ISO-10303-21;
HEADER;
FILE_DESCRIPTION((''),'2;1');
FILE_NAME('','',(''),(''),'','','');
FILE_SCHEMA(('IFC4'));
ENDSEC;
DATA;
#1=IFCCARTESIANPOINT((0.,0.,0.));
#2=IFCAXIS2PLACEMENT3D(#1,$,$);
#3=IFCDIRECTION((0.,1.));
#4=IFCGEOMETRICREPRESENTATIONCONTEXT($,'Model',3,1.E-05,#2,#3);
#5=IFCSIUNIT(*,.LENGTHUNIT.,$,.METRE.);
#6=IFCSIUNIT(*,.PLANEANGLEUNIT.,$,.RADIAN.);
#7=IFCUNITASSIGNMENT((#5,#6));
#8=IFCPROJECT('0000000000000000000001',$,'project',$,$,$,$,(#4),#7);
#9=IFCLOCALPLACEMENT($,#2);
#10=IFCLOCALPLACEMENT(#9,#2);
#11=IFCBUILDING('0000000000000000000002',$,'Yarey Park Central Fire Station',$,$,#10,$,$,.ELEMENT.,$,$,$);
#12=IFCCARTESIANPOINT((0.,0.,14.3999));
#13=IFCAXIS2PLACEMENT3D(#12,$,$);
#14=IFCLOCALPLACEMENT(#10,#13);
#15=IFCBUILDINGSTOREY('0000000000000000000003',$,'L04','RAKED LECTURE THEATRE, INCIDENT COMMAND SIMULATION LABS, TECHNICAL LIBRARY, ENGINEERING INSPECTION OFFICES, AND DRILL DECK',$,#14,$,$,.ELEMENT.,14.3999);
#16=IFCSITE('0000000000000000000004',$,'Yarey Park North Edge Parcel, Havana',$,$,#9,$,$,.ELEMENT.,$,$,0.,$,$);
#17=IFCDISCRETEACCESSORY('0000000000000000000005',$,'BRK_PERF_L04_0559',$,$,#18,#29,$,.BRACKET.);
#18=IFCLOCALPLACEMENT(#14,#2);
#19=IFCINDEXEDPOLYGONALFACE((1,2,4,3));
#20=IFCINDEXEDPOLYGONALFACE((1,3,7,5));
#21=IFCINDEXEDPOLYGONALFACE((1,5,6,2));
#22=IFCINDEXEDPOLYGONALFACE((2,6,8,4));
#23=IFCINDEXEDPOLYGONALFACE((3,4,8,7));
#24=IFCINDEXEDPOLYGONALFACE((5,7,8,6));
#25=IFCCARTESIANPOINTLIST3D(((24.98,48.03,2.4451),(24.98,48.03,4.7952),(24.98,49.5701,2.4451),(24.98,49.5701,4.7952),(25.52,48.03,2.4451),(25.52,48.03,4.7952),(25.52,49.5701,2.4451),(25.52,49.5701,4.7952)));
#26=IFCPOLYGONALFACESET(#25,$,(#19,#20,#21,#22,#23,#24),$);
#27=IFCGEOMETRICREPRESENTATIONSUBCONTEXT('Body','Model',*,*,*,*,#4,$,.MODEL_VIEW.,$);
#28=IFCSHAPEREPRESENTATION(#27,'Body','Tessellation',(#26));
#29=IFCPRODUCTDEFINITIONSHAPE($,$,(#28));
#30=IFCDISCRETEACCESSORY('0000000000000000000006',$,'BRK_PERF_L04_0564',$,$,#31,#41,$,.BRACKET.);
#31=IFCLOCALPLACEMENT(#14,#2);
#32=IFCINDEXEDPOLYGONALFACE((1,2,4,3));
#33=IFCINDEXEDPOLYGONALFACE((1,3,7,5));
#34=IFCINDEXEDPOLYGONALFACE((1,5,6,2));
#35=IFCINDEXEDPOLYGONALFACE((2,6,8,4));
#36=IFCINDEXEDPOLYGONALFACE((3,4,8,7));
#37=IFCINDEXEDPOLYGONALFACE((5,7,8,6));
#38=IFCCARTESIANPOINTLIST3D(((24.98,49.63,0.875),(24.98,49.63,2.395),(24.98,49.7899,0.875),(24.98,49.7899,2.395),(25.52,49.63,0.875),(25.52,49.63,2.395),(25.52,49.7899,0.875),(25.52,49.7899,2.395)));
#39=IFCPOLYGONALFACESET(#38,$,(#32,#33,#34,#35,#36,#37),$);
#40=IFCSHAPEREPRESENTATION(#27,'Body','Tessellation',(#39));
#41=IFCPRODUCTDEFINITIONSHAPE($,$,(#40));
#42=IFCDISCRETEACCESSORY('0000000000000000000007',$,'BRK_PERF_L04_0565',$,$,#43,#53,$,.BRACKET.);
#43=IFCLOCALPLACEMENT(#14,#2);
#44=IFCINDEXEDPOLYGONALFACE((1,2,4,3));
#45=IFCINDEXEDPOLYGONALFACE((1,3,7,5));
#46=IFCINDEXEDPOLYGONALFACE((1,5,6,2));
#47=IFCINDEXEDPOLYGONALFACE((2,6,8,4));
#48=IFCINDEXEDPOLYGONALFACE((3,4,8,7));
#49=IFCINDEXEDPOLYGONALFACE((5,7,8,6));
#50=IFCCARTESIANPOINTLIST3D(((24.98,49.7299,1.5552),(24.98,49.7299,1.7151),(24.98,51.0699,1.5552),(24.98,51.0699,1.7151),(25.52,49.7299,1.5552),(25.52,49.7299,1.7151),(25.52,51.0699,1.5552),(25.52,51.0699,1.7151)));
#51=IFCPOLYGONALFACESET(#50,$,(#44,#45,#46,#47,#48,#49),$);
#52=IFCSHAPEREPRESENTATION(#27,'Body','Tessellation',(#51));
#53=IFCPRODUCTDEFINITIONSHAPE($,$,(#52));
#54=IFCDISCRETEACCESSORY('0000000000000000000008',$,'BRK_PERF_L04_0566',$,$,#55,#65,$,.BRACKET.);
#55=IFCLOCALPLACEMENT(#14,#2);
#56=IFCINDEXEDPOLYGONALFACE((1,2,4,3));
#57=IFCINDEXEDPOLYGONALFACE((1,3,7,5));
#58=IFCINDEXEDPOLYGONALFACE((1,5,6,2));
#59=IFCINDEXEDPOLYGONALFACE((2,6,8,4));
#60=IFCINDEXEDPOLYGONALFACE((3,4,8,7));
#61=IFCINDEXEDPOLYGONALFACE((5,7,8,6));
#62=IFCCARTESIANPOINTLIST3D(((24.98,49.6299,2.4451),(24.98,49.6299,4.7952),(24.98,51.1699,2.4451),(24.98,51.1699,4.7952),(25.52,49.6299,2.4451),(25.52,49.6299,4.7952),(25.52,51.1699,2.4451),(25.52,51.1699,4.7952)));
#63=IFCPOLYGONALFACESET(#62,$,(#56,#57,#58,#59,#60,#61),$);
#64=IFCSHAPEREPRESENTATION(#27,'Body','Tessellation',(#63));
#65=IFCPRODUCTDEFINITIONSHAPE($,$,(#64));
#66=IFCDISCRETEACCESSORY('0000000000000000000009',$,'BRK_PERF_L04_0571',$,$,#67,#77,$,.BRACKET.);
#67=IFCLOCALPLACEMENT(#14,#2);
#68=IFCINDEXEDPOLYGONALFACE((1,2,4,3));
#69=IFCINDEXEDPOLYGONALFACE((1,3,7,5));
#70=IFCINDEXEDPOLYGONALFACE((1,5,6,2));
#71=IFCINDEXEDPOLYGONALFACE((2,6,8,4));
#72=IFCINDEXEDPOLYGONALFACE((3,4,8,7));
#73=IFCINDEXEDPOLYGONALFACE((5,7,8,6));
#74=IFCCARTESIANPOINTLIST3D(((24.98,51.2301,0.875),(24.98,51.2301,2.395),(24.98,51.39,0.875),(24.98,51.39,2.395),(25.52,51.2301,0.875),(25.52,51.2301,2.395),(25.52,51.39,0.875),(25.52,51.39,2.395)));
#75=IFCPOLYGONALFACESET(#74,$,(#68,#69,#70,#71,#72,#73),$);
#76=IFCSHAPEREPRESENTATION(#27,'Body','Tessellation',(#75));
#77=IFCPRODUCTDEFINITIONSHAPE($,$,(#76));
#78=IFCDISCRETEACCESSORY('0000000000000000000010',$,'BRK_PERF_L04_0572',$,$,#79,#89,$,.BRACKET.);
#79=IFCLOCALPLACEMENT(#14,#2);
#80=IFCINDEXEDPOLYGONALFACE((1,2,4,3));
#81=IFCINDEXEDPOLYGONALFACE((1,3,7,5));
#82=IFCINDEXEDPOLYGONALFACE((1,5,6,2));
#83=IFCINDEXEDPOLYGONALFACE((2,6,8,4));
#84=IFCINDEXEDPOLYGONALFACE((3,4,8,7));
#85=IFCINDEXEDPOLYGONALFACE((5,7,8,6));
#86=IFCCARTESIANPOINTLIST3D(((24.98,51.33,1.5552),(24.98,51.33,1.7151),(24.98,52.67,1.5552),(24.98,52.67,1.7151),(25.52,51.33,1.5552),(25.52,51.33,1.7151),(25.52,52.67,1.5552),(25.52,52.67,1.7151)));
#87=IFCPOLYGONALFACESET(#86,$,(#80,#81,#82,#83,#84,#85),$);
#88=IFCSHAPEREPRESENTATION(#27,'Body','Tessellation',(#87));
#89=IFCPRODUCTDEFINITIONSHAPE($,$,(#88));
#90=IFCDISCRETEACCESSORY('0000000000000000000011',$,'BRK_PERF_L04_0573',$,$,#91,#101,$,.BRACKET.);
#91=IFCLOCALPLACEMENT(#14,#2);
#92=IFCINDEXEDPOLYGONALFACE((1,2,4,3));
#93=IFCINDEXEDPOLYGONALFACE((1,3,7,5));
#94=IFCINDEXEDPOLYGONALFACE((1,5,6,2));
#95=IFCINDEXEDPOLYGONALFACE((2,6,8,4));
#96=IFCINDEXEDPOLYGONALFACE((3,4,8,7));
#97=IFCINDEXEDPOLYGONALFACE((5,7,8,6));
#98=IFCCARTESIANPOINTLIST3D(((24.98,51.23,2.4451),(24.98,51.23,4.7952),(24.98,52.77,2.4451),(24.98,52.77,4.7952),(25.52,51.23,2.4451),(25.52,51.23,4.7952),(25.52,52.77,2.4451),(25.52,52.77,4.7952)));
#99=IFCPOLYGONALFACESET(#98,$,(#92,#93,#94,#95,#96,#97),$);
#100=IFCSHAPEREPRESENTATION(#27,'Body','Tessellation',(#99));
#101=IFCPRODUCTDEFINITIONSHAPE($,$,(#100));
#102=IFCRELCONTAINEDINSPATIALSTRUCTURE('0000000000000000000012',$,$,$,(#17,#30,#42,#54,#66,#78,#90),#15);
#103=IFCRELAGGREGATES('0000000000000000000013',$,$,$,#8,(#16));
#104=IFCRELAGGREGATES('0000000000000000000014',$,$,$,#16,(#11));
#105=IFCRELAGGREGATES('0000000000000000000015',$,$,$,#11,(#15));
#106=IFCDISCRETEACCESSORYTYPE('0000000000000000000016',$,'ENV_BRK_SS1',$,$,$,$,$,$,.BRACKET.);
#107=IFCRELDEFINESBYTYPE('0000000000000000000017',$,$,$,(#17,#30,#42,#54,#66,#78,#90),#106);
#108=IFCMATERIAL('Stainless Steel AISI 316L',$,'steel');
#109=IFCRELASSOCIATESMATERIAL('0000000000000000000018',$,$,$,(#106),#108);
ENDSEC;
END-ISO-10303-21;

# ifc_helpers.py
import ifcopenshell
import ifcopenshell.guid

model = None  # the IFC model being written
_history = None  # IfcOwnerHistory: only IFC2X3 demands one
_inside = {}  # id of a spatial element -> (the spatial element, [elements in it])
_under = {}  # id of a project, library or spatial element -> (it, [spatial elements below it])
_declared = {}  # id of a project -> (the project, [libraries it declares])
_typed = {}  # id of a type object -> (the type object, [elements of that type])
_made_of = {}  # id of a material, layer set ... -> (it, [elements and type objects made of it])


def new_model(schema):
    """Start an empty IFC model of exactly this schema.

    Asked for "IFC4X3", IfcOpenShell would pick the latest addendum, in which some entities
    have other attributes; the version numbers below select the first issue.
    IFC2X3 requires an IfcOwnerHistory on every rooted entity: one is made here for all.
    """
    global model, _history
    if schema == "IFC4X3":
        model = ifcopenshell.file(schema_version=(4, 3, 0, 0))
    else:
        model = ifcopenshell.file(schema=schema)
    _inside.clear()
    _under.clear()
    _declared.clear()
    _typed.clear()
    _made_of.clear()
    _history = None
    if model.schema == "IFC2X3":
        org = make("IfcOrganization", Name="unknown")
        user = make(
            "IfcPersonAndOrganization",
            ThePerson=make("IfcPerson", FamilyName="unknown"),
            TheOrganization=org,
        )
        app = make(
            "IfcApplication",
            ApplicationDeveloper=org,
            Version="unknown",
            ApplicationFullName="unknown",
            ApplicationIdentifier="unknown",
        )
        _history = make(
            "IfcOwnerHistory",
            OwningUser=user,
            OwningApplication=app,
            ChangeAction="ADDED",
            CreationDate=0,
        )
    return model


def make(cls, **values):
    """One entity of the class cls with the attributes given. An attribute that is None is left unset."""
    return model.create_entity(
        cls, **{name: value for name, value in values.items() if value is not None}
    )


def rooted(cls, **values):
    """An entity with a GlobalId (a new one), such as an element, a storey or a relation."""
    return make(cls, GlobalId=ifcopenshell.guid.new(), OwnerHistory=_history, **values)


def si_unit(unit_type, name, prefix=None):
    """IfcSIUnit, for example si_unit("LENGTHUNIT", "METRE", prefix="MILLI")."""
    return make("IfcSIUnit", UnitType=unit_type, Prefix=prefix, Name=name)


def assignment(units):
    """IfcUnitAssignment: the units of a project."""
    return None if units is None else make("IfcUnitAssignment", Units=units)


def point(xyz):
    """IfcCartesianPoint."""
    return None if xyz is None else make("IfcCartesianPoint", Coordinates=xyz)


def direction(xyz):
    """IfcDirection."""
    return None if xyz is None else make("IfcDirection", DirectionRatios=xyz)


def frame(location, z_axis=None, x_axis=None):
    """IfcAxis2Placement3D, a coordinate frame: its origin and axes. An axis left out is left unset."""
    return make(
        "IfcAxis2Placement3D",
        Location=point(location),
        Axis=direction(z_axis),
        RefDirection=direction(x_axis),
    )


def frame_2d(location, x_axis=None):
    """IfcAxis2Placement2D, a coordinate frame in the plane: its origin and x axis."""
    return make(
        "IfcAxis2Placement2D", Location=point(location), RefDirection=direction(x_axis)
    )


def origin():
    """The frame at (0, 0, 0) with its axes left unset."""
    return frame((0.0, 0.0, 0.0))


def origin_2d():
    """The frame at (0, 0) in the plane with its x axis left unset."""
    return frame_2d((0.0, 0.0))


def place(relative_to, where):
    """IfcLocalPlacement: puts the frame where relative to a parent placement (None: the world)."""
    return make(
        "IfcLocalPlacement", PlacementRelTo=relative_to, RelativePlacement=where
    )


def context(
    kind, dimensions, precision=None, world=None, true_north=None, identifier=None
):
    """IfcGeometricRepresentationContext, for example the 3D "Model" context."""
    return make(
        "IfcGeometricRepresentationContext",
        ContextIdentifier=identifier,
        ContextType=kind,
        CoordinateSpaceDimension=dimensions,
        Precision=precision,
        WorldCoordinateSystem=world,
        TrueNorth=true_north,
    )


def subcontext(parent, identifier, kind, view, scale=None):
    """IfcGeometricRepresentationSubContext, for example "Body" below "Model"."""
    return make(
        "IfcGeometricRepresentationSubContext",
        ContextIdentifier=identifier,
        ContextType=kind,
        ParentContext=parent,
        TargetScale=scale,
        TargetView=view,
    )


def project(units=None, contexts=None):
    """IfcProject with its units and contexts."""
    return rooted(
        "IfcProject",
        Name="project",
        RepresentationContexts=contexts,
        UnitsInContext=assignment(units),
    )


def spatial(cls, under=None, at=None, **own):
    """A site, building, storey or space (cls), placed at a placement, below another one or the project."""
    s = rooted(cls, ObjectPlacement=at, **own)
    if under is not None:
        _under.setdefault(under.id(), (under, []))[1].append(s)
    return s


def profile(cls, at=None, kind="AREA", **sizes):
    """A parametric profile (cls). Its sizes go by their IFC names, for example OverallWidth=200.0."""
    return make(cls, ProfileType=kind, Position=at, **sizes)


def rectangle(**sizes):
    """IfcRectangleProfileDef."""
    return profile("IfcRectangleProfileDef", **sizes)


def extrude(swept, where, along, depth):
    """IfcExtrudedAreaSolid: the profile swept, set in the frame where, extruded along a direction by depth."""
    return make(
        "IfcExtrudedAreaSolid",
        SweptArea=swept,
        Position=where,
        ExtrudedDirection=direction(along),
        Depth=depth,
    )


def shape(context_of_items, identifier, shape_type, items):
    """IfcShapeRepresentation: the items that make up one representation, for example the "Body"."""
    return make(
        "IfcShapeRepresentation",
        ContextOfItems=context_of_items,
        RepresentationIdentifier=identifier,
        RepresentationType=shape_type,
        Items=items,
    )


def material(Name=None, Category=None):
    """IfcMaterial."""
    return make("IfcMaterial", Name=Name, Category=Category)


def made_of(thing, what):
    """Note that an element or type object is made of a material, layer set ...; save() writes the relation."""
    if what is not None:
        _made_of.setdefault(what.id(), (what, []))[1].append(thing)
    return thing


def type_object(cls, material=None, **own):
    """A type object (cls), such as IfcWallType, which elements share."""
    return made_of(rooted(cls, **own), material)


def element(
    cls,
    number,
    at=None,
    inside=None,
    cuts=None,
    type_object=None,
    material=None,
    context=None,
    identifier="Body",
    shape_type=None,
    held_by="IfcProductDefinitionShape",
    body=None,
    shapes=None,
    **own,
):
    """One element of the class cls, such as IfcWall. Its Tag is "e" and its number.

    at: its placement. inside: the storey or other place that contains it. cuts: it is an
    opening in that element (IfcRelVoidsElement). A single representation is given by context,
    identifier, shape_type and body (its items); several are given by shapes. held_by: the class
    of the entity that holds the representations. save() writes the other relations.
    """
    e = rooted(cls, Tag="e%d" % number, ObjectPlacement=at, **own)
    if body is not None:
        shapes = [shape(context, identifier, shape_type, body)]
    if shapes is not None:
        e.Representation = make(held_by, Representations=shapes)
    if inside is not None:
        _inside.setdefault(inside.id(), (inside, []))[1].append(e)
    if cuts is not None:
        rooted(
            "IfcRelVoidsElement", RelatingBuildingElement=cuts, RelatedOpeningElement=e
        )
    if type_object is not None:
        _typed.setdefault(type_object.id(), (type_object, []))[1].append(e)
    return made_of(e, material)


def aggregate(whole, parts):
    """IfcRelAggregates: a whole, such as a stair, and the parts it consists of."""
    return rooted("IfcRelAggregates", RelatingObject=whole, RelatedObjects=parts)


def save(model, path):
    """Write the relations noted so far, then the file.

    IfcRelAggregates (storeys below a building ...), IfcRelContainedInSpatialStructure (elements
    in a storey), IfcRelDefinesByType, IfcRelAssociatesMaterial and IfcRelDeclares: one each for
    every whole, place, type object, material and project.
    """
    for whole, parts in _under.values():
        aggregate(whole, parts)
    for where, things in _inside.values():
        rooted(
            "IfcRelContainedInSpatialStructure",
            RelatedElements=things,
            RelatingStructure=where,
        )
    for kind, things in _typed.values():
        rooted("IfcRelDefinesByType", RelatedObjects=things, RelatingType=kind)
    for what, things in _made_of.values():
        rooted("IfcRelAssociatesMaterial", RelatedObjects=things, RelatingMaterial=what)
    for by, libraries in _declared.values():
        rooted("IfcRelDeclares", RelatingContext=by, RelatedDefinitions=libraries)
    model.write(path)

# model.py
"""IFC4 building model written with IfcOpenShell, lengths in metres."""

from ifc_helpers import new_model, si_unit, direction, frame, origin, origin_2d, place, context, subcontext, project, spatial, rectangle, extrude, material, type_object, element, save


model = new_model("IFC4")

# Units and contexts
model_context = context("Model", 3, precision=1e-05, world=origin(), true_north=direction((0.0, 1.0)))
body_context = subcontext(model_context, "Body", "Model", "MODEL_VIEW")
ifc_project = project(units=[si_unit("LENGTHUNIT", "METRE"), si_unit("PLANEANGLEUNIT", "RADIAN")], contexts=[model_context])

# Site, building, storey
site_placement = place(None, origin())
site = spatial("IfcSite", under=ifc_project, at=site_placement, Name="Yarey Park North Edge Parcel, Havana", CompositionType="ELEMENT", RefElevation=0.0)
building_placement = place(site_placement, origin())
building = spatial("IfcBuilding", under=site, at=building_placement, Name="Yarey Park Central Fire Station", CompositionType="ELEMENT")
storey_placement = place(building_placement, frame((0.0, 0.0, 14.3999)))
storey = spatial("IfcBuildingStorey", under=building, at=storey_placement, Name="L04", Description="RAKED LECTURE THEATRE, INCIDENT COMMAND SIMULATION LABS, TECHNICAL LIBRARY, ENGINEERING INSPECTION OFFICES, AND DRILL DECK", CompositionType="ELEMENT", Elevation=14.3999)

# Discrete accessories
ifc_material_1 = material(Name="Stainless Steel AISI 316L", Category="steel")
discrete_accessory_type = type_object("IfcDiscreteAccessoryType", Name="ENV_BRK_SS1", PredefinedType="BRACKET", material=ifc_material_1)
discrete_accessory_1_placement = place(storey_placement, frame((25.25, 48.8, 2.4451), z_axis=(0.0, 0.0, 1.0), x_axis=(1.0, 0.0, 0.0)))
element("IfcDiscreteAccessory", 1, at=discrete_accessory_1_placement, inside=storey, type_object=discrete_accessory_type, Name="BRK_PERF_L04_0559", PredefinedType="BRACKET", context=body_context, shape_type="SweptSolid", body=[
    extrude(rectangle(XDim=0.54, YDim=1.54, at=origin_2d()), origin(), (0.0, 0.0, 1.0), 2.3501),
])
discrete_accessory_2_placement = place(storey_placement, frame((25.25, 49.71, 0.875), z_axis=(0.0, 0.0, 1.0), x_axis=(1.0, 0.0, 0.0)))
element("IfcDiscreteAccessory", 2, at=discrete_accessory_2_placement, inside=storey, type_object=discrete_accessory_type, Name="BRK_PERF_L04_0564", PredefinedType="BRACKET", context=body_context, shape_type="SweptSolid", body=[
    extrude(rectangle(XDim=0.54, YDim=0.1599, at=origin_2d()), origin(), (0.0, 0.0, 1.0), 1.52),
])
discrete_accessory_3_placement = place(storey_placement, frame((25.25, 50.3999, 1.5552), z_axis=(0.0, 0.0, 1.0), x_axis=(1.0, 0.0, 0.0)))
element("IfcDiscreteAccessory", 3, at=discrete_accessory_3_placement, inside=storey, type_object=discrete_accessory_type, Name="BRK_PERF_L04_0565", PredefinedType="BRACKET", context=body_context, shape_type="SweptSolid", body=[
    extrude(rectangle(XDim=0.54, YDim=1.3401, at=origin_2d()), origin(), (0.0, 0.0, 1.0), 0.1599),
])
discrete_accessory_4_placement = place(storey_placement, frame((25.25, 50.3999, 2.4451), z_axis=(0.0, 0.0, 1.0), x_axis=(1.0, 0.0, 0.0)))
element("IfcDiscreteAccessory", 4, at=discrete_accessory_4_placement, inside=storey, type_object=discrete_accessory_type, Name="BRK_PERF_L04_0566", PredefinedType="BRACKET", context=body_context, shape_type="SweptSolid", body=[
    extrude(rectangle(XDim=0.54, YDim=1.54, at=origin_2d()), origin(), (0.0, 0.0, 1.0), 2.3501),
])
discrete_accessory_5_placement = place(storey_placement, frame((25.25, 51.3101, 0.875), z_axis=(0.0, 0.0, 1.0), x_axis=(1.0, 0.0, 0.0)))
element("IfcDiscreteAccessory", 5, at=discrete_accessory_5_placement, inside=storey, type_object=discrete_accessory_type, Name="BRK_PERF_L04_0571", PredefinedType="BRACKET", context=body_context, shape_type="SweptSolid", body=[
    extrude(rectangle(XDim=0.54, YDim=0.1599, at=origin_2d()), origin(), (0.0, 0.0, 1.0), 1.52),
])
discrete_accessory_6_placement = place(storey_placement, frame((25.25, 52.0, 1.5552), z_axis=(0.0, 0.0, 1.0), x_axis=(1.0, 0.0, 0.0)))
element("IfcDiscreteAccessory", 6, at=discrete_accessory_6_placement, inside=storey, type_object=discrete_accessory_type, Name="BRK_PERF_L04_0572", PredefinedType="BRACKET", context=body_context, shape_type="SweptSolid", body=[
    extrude(rectangle(XDim=0.54, YDim=1.3401, at=origin_2d()), origin(), (0.0, 0.0, 1.0), 0.1599),
])
discrete_accessory_7_placement = place(storey_placement, frame((25.25, 52.0, 2.4451), z_axis=(0.0, 0.0, 1.0), x_axis=(1.0, 0.0, 0.0)))
element("IfcDiscreteAccessory", 7, at=discrete_accessory_7_placement, inside=storey, type_object=discrete_accessory_type, Name="BRK_PERF_L04_0573", PredefinedType="BRACKET", context=body_context, shape_type="SweptSolid", body=[
    extrude(rectangle(XDim=0.54, YDim=1.54, at=origin_2d()), origin(), (0.0, 0.0, 1.0), 2.3501),
])

save(model, "model.ifc")
